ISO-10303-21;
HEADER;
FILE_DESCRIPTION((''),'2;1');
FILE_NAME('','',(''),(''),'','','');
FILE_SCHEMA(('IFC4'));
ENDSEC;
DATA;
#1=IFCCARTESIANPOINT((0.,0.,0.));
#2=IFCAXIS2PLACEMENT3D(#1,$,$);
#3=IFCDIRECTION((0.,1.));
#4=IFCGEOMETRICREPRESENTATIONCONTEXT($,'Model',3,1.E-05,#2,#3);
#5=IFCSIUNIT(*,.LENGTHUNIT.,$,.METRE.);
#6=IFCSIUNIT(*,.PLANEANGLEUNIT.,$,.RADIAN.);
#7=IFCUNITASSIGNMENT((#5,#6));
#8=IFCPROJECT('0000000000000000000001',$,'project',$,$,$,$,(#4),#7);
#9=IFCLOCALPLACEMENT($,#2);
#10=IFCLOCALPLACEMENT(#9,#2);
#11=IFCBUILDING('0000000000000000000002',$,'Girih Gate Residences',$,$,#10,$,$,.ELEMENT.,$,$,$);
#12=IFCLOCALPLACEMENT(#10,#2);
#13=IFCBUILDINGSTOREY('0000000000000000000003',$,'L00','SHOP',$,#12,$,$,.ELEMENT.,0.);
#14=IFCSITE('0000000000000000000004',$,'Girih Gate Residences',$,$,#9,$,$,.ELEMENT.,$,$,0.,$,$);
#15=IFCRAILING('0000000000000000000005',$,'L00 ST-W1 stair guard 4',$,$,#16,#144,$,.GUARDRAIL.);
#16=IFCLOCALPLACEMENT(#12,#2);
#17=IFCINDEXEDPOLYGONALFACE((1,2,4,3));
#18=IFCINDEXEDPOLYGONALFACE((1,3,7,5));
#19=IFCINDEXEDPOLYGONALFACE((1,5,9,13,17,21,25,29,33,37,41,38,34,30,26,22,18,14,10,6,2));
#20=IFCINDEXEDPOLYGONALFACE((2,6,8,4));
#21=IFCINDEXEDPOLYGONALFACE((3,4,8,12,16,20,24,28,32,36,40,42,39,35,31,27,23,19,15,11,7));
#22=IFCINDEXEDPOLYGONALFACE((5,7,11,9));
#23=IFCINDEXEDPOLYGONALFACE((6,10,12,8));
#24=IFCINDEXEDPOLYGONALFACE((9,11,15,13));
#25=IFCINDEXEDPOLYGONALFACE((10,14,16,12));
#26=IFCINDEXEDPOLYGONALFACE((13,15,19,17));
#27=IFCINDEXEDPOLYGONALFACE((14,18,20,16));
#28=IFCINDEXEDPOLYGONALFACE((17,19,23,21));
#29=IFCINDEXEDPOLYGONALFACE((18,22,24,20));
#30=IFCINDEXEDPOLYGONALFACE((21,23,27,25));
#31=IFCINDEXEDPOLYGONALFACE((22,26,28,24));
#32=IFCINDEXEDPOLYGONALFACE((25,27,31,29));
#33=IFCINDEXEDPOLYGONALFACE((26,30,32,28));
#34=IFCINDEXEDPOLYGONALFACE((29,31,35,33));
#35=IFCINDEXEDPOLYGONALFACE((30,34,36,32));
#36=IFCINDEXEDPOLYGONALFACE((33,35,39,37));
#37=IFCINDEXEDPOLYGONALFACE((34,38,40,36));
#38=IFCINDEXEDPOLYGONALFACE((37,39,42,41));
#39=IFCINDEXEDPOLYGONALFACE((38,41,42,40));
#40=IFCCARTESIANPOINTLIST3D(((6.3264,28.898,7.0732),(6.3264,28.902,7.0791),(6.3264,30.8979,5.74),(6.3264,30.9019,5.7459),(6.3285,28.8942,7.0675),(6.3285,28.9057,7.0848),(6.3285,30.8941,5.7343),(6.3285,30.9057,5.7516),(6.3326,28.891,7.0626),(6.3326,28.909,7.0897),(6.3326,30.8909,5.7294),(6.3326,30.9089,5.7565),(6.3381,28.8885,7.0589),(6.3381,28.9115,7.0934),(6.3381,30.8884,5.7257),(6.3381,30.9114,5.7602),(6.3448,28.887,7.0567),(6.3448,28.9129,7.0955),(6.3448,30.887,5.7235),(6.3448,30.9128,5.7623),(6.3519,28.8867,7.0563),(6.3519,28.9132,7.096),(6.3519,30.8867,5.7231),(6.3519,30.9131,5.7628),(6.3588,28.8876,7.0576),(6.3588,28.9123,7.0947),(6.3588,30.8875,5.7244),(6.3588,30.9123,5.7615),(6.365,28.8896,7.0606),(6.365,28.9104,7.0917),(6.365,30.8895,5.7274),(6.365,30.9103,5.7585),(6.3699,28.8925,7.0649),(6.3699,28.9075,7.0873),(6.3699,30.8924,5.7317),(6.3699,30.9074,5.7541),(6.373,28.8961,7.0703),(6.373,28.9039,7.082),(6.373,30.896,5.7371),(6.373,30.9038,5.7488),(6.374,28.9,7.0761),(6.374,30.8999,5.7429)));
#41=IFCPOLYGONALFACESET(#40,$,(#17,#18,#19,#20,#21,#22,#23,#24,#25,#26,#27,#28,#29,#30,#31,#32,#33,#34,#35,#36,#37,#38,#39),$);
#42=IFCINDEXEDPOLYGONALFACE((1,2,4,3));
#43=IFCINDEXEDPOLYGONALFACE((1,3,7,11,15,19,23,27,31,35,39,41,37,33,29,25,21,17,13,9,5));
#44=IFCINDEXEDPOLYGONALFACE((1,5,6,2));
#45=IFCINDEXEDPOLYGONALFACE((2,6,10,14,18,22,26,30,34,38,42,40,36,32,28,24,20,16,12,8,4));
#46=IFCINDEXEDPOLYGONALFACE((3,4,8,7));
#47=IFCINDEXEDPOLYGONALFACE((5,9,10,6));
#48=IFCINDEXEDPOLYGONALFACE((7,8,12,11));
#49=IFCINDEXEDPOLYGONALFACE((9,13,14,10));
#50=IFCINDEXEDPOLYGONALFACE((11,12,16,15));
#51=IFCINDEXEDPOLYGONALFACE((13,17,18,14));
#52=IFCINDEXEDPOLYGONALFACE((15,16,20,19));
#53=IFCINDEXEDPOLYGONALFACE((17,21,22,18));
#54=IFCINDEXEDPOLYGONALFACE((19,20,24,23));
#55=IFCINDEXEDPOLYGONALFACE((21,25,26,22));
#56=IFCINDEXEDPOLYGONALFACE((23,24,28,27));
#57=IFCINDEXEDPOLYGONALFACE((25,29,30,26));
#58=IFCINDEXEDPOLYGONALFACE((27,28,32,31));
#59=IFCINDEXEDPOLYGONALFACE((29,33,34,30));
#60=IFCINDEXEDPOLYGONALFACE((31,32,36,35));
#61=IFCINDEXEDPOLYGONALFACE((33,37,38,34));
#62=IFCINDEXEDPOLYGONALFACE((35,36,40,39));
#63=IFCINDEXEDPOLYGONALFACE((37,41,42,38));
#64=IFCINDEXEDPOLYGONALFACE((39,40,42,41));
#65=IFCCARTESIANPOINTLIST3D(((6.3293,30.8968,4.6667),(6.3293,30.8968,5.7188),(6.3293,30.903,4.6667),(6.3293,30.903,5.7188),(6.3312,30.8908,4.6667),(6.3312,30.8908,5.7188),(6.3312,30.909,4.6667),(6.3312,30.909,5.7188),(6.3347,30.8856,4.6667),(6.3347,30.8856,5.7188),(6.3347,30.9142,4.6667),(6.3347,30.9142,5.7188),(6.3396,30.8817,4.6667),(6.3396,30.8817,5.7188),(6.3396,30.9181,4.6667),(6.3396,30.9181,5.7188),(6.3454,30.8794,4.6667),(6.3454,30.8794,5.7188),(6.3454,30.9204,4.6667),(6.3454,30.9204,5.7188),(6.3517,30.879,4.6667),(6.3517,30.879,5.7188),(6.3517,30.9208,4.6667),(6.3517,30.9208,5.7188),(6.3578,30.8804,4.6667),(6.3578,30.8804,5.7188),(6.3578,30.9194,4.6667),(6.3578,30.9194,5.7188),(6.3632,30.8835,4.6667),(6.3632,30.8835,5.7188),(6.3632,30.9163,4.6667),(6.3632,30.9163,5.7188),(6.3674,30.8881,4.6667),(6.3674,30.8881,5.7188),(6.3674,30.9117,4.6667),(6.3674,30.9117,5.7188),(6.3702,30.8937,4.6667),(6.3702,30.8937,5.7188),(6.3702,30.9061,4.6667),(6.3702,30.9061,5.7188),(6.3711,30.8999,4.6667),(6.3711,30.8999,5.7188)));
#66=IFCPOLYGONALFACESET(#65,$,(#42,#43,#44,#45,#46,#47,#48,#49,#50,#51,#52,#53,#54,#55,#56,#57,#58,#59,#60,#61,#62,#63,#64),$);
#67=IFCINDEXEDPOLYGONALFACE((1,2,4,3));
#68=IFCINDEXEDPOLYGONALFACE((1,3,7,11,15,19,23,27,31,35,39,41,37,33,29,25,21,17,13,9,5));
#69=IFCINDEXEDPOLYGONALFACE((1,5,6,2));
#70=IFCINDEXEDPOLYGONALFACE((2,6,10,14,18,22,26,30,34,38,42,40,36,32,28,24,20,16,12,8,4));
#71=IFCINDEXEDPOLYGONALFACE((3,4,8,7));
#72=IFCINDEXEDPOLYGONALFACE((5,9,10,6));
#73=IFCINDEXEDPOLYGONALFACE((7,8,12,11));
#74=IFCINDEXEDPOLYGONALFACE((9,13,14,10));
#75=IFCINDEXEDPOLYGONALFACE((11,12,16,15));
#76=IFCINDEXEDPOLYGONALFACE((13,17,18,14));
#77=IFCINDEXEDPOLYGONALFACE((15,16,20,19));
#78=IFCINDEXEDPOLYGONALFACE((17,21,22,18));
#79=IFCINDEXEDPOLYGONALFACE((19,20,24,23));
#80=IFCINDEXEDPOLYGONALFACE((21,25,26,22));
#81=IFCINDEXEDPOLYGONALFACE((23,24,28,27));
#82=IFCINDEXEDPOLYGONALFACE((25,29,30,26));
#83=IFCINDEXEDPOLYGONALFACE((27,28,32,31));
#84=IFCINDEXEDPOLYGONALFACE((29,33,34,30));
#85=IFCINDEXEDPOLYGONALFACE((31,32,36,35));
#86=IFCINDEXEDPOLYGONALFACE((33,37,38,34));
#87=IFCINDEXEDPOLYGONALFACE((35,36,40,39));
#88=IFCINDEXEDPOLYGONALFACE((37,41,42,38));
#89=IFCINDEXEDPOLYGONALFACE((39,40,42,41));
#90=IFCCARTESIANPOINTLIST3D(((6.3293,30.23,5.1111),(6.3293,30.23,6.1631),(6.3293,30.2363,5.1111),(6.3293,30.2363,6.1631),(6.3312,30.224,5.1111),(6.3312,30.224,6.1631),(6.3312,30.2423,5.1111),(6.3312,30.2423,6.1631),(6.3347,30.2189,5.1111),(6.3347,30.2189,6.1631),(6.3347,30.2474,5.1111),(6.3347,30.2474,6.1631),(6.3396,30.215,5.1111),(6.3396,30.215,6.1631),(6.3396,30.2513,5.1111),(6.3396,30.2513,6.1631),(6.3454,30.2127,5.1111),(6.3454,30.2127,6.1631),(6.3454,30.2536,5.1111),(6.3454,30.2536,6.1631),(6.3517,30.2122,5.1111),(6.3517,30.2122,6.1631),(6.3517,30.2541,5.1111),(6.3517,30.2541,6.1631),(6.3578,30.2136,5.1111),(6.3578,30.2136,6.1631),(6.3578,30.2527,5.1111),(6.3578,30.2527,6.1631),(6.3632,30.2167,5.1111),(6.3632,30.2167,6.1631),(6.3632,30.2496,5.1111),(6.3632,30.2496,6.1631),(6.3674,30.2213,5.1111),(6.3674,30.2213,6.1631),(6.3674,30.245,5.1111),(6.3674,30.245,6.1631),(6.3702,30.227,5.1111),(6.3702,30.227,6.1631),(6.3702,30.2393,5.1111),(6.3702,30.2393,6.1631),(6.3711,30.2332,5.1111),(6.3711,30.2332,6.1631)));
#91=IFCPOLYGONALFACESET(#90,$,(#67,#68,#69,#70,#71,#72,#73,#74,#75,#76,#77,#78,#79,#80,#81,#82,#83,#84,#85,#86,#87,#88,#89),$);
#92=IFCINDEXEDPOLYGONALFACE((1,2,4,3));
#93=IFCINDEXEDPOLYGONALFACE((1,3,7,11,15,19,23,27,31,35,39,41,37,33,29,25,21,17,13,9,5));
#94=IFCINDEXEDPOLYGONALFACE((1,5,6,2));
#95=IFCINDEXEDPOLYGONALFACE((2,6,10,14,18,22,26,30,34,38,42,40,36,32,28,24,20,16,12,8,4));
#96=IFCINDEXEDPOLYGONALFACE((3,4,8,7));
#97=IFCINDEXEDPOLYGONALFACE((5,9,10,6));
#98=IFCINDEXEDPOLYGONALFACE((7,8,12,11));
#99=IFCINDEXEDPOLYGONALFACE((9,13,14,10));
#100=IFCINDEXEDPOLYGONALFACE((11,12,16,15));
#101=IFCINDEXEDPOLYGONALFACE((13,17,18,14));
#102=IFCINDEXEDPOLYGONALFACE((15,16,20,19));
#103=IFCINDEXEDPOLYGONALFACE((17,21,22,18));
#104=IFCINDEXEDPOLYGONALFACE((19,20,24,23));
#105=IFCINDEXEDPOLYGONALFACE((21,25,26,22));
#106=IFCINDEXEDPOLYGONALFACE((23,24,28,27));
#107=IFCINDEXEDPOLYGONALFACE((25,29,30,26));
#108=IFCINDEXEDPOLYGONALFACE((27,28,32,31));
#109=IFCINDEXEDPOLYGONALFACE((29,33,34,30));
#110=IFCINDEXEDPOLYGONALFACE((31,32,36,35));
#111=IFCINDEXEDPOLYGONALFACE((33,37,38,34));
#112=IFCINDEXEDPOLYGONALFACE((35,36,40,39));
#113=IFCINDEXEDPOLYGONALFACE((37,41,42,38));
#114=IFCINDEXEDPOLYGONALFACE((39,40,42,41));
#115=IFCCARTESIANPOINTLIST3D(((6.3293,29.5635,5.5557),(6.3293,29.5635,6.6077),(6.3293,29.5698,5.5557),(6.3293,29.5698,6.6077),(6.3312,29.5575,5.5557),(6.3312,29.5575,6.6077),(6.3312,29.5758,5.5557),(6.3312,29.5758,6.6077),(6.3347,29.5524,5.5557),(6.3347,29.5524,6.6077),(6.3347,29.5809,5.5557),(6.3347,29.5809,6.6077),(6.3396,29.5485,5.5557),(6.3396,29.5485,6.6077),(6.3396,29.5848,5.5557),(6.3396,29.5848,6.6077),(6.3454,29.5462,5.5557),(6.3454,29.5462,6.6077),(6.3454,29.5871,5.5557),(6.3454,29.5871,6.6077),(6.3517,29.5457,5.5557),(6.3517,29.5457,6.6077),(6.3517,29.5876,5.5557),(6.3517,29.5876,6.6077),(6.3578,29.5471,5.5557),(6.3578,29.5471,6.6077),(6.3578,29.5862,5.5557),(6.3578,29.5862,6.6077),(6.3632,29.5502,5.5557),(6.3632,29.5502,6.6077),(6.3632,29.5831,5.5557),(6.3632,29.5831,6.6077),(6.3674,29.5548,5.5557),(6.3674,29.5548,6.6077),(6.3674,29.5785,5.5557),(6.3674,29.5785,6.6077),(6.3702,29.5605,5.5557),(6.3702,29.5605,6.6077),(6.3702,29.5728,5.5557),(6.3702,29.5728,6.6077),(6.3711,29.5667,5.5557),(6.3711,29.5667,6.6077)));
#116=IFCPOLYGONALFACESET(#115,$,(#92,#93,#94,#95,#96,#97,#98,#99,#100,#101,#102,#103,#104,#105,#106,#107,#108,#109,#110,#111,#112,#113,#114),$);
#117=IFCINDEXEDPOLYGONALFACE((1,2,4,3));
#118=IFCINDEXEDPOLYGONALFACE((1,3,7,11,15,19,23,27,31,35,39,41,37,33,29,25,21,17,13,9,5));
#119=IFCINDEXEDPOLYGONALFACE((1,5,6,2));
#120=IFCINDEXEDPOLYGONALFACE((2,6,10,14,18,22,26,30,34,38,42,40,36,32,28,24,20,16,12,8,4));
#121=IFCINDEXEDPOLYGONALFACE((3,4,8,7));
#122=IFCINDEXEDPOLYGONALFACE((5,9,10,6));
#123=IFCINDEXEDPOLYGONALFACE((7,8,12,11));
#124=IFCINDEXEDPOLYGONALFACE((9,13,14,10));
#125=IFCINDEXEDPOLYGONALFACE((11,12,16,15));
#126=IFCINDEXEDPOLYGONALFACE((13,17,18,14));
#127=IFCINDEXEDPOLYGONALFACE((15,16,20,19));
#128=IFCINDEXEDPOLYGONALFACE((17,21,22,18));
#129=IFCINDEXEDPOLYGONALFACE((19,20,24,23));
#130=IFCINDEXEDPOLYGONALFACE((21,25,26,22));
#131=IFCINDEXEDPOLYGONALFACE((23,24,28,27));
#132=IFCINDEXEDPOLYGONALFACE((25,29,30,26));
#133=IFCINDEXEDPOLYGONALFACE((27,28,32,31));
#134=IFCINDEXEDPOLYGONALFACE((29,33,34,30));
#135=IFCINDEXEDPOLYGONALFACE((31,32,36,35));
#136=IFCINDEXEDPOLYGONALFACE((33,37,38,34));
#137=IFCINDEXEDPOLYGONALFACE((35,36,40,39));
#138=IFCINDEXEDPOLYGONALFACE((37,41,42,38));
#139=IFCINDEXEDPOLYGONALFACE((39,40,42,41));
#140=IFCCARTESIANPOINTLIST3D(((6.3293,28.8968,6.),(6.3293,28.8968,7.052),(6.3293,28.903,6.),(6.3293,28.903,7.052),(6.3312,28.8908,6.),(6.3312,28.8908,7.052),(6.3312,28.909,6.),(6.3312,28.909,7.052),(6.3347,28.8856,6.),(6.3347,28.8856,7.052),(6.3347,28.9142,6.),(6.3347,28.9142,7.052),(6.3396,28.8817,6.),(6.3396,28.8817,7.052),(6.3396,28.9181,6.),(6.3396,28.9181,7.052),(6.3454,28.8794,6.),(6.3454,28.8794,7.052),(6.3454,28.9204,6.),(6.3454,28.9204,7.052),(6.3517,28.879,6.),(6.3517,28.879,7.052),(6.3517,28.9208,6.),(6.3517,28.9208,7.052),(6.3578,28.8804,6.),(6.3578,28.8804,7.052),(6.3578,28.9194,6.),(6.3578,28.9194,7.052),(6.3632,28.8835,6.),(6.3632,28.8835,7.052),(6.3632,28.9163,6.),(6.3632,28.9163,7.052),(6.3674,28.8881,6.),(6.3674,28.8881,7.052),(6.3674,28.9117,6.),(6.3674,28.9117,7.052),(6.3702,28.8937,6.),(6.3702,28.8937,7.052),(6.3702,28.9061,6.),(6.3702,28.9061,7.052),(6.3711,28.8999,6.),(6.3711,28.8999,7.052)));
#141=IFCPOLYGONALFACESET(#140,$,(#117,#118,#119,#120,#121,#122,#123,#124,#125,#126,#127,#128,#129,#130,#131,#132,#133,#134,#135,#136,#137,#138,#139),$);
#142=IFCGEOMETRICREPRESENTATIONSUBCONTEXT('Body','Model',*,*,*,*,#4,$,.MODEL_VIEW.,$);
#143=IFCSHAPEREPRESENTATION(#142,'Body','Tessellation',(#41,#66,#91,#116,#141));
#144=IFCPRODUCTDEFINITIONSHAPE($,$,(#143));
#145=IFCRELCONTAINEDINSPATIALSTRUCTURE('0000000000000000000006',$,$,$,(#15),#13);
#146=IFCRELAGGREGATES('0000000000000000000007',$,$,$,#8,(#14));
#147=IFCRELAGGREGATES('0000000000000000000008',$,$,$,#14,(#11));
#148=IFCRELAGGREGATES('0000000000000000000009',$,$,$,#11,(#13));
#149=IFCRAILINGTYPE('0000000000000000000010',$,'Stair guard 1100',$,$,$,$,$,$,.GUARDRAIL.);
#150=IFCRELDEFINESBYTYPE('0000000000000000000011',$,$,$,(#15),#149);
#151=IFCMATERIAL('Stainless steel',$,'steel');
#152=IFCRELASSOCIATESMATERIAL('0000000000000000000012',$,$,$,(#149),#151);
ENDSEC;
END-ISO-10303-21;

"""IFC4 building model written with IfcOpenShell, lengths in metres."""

from ifc_helpers import new_model, si_unit, direction, frame, origin, origin_2d, place, context, subcontext, project, spatial, circle, extrude, material, type_object, element, save


model = new_model("IFC4")

# Units and contexts
model_context = context("Model", 3, precision=1e-05, world=origin(), true_north=direction((0.0, 1.0)))
body_context = subcontext(model_context, "Body", "Model", "MODEL_VIEW")
ifc_project = project(units=[si_unit("LENGTHUNIT", "METRE"), si_unit("PLANEANGLEUNIT", "RADIAN")], contexts=[model_context])

# Site, building, storey
site_placement = place(None, origin())
site = spatial("IfcSite", under=ifc_project, at=site_placement, Name="Girih Gate Residences", CompositionType="ELEMENT", RefElevation=0.0)
building_placement = place(site_placement, origin())
building = spatial("IfcBuilding", under=site, at=building_placement, Name="Girih Gate Residences", CompositionType="ELEMENT")
storey_placement = place(building_placement, origin())
storey = spatial("IfcBuildingStorey", under=building, at=storey_placement, Name="L00", Description="SHOP", CompositionType="ELEMENT", Elevation=0.0)

# Railing
ifc_material_1 = material(Name="Stainless steel", Category="steel")
railing_type_1 = type_object("IfcRailingType", Name="Stair guard 1100", PredefinedType="GUARDRAIL", material=ifc_material_1)
railing_1_placement = place(storey_placement, frame((6.3501, 30.8999, 4.6667)))
element("IfcRailing", 1, at=railing_1_placement, inside=storey, type_object=railing_type_1, Name="L00 ST-W1 stair guard 4", PredefinedType="GUARDRAIL", context=body_context, shape_type="SweptSolid", body=[
    extrude(circle(Radius=0.0239, at=origin_2d()), frame((0.0, 0.0, 1.0762), z_axis=(0.0, -0.832066, 0.554677), x_axis=(1.0, 0.0, 0.0)), (0.0, 0.0, 1.0), 2.4036),
    extrude(circle(Radius=0.021, at=origin_2d()), origin(), (0.0, 0.0, 1.0), 1.052),
    extrude(circle(Radius=0.021, at=origin_2d()), frame((0.0, -0.6667, 0.4443)), (0.0, 0.0, 1.0), 1.052),
    extrude(circle(Radius=0.021, at=origin_2d()), frame((0.0, -1.3333, 0.8889)), (0.0, 0.0, 1.0), 1.052),
    extrude(circle(Radius=0.021, at=origin_2d()), frame((0.0, -2.0, 1.3333)), (0.0, 0.0, 1.0), 1.052),
])

save(model, "model.ifc")
